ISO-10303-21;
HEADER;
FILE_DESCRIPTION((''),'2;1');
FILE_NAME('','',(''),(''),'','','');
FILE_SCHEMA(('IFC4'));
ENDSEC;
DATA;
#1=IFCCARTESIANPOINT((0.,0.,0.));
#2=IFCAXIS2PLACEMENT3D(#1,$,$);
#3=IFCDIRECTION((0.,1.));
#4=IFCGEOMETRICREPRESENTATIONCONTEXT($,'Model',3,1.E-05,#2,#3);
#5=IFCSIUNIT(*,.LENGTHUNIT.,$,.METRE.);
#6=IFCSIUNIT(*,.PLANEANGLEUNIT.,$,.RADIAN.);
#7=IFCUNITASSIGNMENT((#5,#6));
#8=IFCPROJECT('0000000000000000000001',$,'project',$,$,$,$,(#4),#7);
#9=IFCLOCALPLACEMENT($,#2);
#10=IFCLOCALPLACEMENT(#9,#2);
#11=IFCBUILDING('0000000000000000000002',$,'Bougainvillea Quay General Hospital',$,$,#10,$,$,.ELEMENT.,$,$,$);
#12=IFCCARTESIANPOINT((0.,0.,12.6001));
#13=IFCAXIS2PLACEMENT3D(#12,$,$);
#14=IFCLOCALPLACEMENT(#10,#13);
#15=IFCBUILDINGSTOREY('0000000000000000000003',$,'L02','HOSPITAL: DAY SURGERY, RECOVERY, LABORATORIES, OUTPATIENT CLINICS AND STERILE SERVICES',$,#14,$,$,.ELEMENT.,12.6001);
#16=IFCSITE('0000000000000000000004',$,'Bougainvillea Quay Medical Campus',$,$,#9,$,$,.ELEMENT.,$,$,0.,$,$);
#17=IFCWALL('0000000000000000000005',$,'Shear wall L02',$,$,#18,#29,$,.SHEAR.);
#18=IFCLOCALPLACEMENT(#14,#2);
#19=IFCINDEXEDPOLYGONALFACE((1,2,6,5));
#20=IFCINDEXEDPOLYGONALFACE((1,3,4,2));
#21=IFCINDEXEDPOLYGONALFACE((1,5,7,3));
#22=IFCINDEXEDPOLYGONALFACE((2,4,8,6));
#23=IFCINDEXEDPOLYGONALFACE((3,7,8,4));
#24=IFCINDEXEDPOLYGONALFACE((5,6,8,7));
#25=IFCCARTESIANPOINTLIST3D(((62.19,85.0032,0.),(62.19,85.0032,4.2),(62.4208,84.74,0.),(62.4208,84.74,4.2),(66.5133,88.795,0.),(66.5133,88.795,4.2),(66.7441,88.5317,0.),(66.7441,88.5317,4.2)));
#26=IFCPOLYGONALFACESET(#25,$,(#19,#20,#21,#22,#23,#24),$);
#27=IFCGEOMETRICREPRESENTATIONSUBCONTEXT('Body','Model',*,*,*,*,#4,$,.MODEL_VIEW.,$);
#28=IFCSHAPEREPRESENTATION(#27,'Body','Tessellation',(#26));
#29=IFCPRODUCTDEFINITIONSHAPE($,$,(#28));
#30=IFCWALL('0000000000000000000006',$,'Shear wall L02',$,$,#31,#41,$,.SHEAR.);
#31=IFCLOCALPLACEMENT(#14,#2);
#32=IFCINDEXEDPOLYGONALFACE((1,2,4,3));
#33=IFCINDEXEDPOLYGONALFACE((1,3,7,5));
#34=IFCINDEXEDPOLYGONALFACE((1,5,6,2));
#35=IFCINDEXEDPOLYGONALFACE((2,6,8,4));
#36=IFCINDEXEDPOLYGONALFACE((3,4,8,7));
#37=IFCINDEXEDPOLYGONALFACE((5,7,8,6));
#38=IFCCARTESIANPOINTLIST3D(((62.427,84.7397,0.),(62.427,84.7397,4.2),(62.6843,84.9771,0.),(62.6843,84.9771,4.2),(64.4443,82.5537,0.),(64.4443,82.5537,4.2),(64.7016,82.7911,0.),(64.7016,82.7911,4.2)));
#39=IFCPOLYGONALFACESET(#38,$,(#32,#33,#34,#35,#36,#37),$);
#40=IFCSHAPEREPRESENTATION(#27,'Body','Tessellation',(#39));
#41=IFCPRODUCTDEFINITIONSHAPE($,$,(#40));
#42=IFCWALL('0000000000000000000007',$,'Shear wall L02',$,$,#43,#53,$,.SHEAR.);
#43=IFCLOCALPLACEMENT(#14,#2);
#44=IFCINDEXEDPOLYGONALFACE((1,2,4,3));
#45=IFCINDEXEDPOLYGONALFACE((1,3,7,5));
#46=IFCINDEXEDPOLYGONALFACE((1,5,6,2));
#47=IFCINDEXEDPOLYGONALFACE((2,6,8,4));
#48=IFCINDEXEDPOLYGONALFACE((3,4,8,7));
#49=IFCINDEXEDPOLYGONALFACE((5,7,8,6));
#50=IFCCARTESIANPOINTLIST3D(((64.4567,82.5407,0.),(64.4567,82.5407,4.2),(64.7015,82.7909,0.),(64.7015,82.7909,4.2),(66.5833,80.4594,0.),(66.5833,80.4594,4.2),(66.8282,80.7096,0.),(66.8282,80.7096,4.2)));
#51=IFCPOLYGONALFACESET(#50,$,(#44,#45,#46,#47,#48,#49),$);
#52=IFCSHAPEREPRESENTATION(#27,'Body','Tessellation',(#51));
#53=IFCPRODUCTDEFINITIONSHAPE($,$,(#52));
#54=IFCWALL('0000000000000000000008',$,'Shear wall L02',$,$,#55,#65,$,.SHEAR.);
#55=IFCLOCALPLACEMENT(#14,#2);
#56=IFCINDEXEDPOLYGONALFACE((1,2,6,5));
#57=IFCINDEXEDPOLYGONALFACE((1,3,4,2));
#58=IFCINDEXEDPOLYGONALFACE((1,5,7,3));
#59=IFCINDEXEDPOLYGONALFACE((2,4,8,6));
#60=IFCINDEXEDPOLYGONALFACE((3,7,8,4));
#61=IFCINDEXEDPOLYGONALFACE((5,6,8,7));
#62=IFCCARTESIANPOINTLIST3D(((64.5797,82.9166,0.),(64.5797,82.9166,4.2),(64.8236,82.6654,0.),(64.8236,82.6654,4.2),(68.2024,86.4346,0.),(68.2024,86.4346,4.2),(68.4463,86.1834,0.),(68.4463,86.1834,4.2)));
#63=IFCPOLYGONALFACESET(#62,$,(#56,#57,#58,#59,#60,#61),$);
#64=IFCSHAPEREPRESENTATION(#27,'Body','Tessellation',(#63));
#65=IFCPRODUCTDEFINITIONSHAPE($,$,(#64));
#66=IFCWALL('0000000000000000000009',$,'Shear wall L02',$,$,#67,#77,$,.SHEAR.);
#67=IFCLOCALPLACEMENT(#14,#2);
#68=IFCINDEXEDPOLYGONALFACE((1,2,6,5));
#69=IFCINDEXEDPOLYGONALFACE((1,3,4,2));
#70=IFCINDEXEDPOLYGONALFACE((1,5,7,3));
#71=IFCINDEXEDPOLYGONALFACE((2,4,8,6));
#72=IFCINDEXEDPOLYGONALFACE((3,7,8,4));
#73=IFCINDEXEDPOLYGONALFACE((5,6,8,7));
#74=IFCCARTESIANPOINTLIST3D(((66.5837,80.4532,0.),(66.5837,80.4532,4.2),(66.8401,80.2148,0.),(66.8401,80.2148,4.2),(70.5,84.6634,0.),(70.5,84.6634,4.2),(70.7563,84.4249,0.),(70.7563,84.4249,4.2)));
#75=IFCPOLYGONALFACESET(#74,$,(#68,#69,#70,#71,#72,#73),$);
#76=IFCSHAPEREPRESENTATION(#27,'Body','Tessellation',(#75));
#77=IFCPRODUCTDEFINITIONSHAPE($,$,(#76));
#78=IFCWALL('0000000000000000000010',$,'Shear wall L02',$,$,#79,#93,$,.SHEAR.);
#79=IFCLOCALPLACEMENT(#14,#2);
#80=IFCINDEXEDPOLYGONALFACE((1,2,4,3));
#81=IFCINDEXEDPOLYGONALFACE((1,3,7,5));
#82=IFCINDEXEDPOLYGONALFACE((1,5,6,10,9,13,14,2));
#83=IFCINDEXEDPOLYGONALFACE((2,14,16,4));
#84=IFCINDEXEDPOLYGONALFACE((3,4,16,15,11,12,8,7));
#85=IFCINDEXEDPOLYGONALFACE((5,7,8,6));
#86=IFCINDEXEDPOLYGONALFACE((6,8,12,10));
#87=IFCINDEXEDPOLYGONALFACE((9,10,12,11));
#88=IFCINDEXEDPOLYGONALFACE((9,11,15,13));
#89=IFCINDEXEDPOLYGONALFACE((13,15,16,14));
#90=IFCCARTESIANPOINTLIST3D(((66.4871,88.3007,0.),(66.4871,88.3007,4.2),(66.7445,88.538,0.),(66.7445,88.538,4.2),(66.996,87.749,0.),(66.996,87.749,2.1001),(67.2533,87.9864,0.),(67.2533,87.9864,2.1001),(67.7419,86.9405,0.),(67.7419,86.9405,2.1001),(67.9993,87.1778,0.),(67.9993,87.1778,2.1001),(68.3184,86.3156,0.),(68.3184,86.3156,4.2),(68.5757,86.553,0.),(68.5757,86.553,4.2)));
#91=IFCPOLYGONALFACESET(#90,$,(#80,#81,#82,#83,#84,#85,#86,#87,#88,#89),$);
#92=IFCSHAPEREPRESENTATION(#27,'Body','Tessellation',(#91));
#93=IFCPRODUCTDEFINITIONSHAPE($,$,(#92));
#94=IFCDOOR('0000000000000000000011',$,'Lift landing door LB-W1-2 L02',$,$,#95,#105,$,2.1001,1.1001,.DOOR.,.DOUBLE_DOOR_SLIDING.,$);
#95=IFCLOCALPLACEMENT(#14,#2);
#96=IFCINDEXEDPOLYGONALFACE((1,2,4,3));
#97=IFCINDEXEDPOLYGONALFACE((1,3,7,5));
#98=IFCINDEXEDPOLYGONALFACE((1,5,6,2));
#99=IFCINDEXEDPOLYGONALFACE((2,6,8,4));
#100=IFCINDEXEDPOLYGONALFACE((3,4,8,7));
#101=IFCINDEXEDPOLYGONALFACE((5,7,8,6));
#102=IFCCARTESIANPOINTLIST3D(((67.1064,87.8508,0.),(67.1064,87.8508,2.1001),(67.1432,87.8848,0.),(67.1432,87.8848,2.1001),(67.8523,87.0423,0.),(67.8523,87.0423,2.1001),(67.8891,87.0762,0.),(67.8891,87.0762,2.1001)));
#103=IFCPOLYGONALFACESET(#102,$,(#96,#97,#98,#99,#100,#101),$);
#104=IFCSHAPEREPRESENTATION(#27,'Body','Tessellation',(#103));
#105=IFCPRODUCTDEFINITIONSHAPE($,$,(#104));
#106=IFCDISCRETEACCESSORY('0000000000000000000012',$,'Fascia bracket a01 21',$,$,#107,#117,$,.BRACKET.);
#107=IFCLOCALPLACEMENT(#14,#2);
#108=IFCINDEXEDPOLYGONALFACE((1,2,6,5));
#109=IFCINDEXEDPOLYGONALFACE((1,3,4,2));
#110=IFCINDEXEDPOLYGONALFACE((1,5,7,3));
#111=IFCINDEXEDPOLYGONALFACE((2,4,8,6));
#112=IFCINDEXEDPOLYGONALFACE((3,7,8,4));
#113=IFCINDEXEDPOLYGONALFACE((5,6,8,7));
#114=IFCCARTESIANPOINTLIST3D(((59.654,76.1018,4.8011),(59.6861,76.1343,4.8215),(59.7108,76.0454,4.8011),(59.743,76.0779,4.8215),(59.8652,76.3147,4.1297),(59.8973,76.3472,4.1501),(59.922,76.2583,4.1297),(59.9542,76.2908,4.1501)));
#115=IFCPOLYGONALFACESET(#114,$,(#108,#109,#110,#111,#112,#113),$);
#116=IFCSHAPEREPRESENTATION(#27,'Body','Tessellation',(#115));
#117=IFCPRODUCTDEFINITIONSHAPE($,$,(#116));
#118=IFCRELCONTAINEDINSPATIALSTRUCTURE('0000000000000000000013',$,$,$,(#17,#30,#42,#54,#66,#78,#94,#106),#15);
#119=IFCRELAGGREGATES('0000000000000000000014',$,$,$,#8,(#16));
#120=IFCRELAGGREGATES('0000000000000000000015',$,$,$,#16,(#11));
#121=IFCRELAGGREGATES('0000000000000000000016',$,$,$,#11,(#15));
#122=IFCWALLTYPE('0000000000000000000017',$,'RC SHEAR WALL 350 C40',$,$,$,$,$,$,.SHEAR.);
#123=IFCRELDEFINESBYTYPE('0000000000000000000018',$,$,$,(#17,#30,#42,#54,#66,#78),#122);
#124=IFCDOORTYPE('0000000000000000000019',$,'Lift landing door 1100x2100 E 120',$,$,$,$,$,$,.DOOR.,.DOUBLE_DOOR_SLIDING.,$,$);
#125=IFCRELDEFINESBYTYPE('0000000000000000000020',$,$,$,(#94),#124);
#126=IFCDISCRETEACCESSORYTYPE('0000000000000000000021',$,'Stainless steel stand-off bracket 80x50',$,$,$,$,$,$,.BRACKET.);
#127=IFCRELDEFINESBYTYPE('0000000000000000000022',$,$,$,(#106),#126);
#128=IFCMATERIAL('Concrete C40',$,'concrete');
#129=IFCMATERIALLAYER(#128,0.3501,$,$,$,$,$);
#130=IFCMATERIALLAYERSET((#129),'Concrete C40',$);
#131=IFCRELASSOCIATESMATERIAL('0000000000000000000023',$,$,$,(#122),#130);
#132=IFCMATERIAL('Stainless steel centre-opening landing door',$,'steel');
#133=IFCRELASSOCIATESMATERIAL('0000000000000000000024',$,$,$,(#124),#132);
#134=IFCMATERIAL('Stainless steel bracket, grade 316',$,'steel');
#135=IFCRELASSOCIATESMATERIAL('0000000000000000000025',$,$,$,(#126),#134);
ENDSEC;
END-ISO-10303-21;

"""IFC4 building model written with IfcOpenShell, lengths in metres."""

from ifc_helpers import new_model, si_unit, direction, frame, frame_2d, origin, origin_2d, place, context, subcontext, project, spatial, rectangle, extrude, material, layer, layer_set, material_profile, profile_set, type_object, element, fill, save


model = new_model("IFC4")

# Units and contexts
model_context = context("Model", 3, precision=1e-05, world=origin(), true_north=direction((0.0, 1.0)))
body_context = subcontext(model_context, "Body", "Model", "MODEL_VIEW")
ifc_project = project(units=[si_unit("LENGTHUNIT", "METRE"), si_unit("PLANEANGLEUNIT", "RADIAN")], contexts=[model_context])

# Site, building, storey
site_placement = place(None, origin())
site = spatial("IfcSite", under=ifc_project, at=site_placement, Name="Bougainvillea Quay Medical Campus", CompositionType="ELEMENT", RefElevation=0.0)
building_placement = place(site_placement, origin())
building = spatial("IfcBuilding", under=site, at=building_placement, Name="Bougainvillea Quay General Hospital", CompositionType="ELEMENT")
storey_placement = place(building_placement, frame((0.0, 0.0, 12.6001)))
storey = spatial("IfcBuildingStorey", under=building, at=storey_placement, Name="L02", Description="HOSPITAL: DAY SURGERY, RECOVERY, LABORATORIES, OUTPATIENT CLINICS AND STERILE SERVICES", CompositionType="ELEMENT", Elevation=12.6001)

# Shared definitions
ifc_material_1 = material(Name="Concrete C40", Category="concrete")

# Walls
ifc_layer_1 = layer(ifc_material_1, 0.3501)
ifc_layer_set_1 = layer_set([ifc_layer_1], Name="Concrete C40")
wall_type_1 = type_object("IfcWallType", Name="RC SHEAR WALL 350 C40", PredefinedType="SHEAR", material=ifc_layer_set_1)
wall_1_placement = place(storey_placement, frame((62.3054, 84.8716, 0.0), z_axis=(0.0, 0.0, 1.0), x_axis=(0.751808, 0.659382, 0.0)))
element("IfcWall", 1, at=wall_1_placement, inside=storey, type_object=wall_type_1, Name="Shear wall L02", PredefinedType="SHEAR", context=body_context, shape_type="SweptSolid", body=[
    extrude(rectangle(XDim=5.7505, YDim=0.3501, at=frame_2d((2.8752, 0.0))), origin(), (0.0, 0.0, 1.0), 4.2),
])
wall_2_placement = place(storey_placement, frame((62.5557, 84.8584, 0.0), z_axis=(0.0, 0.0, 1.0), x_axis=(0.678181, -0.734895, 0.0)))
element("IfcWall", 2, at=wall_2_placement, inside=storey, type_object=wall_type_1, Name="Shear wall L02", PredefinedType="SHEAR", context=body_context, shape_type="SweptSolid", body=[
    extrude(rectangle(XDim=2.9746, YDim=0.3501, at=frame_2d((1.4873, 0.0))), origin(), (0.0, 0.0, 1.0), 4.2),
])
wall_3_placement = place(storey_placement, frame((64.5791, 82.6658, 0.0), z_axis=(0.0, 0.0, 1.0), x_axis=(0.714696, -0.699435, 0.0)))
element("IfcWall", 3, at=wall_3_placement, inside=storey, type_object=wall_type_1, Name="Shear wall L02", PredefinedType="SHEAR", context=body_context, shape_type="SweptSolid", body=[
    extrude(rectangle(XDim=2.9756, YDim=0.3501, at=frame_2d((1.4878, 0.0))), origin(), (0.0, 0.0, 1.0), 4.2),
])
wall_4_placement = place(storey_placement, frame((64.7017, 82.791, 0.0), z_axis=(0.0, 0.0, 1.0), x_axis=(0.717401, 0.696661, 0.0)))
element("IfcWall", 4, at=wall_4_placement, inside=storey, type_object=wall_type_1, Name="Shear wall L02", PredefinedType="SHEAR", context=body_context, shape_type="SweptSolid", body=[
    extrude(rectangle(XDim=5.0498, YDim=0.3501, at=frame_2d((2.5249, 0.0))), origin(), (0.0, 0.0, 1.0), 4.2),
])
wall_5_placement = place(storey_placement, frame((66.7119, 80.334, 0.0), z_axis=(0.0, 0.0, 1.0), x_axis=(0.681084, 0.732205, 0.0)))
element("IfcWall", 5, at=wall_5_placement, inside=storey, type_object=wall_type_1, Name="Shear wall L02", PredefinedType="SHEAR", context=body_context, shape_type="SweptSolid", body=[
    extrude(rectangle(XDim=5.75, YDim=0.3501, at=frame_2d((2.875, 0.0))), origin(), (0.0, 0.0, 1.0), 4.2),
])

# Wall, opening, door
wall_6_placement = place(storey_placement, frame((68.447, 86.4343, 0.0), z_axis=(0.0, 0.0, 1.0), x_axis=(-0.678059, 0.735008, 0.0)))
wall_6 = element("IfcWall", 6, at=wall_6_placement, inside=storey, type_object=wall_type_1, Name="Shear wall L02", PredefinedType="SHEAR", context=body_context, shape_type="SweptSolid", body=[
    extrude(rectangle(XDim=2.7007, YDim=0.3501, at=frame_2d((1.3503, 0.0))), origin(), (0.0, 0.0, 1.0), 4.2),
])
opening_1_placement = place(wall_6_placement, frame((0.8501, 0.0, 0.0)))
opening_1 = element("IfcOpeningElement", 7, at=opening_1_placement, cuts=wall_6, PredefinedType="OPENING", context=body_context, shape_type="SweptSolid", body=[
    extrude(rectangle(XDim=1.1001, YDim=2.1001, at=frame_2d((0.55, 1.05))), frame((0.0, 0.1851, 0.0), z_axis=(0.0, -1.0, 0.0), x_axis=(1.0, 0.0, 0.0)), (0.0, 0.0, 1.0), 0.3701),
])
ifc_material_2 = material(Name="Stainless steel centre-opening landing door", Category="steel")
door_type_1 = type_object("IfcDoorType", Name="Lift landing door 1100x2100 E 120", OperationType="DOUBLE_DOOR_SLIDING", PredefinedType="DOOR", material=ifc_material_2)
door_1_placement = place(opening_1_placement, origin())
door_1 = element("IfcDoor", 8, at=door_1_placement, inside=storey, type_object=door_type_1, Name="Lift landing door LB-W1-2 L02", OperationType="DOUBLE_DOOR_SLIDING", OverallHeight=2.1001, OverallWidth=1.1001, PredefinedType="DOOR", context=body_context, shape_type="SweptSolid", body=[
    extrude(rectangle(XDim=1.1001, YDim=2.1001, at=frame_2d((0.55, 1.05))), frame((0.0, 0.0249, 0.0), z_axis=(0.0, -1.0, 0.0), x_axis=(1.0, 0.0, 0.0)), (0.0, 0.0, 1.0), 0.05),
])
fill(opening_1, door_1)

# Discrete accessory
ifc_material_3 = material(Name="Stainless steel bracket, grade 316", Category="steel")
ifc_material_profile_1 = material_profile(ifc_material_3, rectangle(XDim=0.0801, YDim=0.05, at=origin_2d()))
ifc_profile_set_1 = profile_set([ifc_material_profile_1], Name="Stainless steel bracket, grade 316")
discrete_accessory_type = type_object("IfcDiscreteAccessoryType", Name="Stainless steel stand-off bracket 80x50", PredefinedType="BRACKET", material=ifc_profile_set_1)
discrete_accessory_placement = place(storey_placement, frame((59.9097, 76.3027, 4.1399), z_axis=(-0.287201, -0.289525, 0.913067), x_axis=(0.709951, -0.704251, 0.0)))
element("IfcDiscreteAccessory", 9, at=discrete_accessory_placement, inside=storey, type_object=discrete_accessory_type, Name="Fascia bracket a01 21", PredefinedType="BRACKET", context=body_context, shape_type="SweptSolid", body=[
    extrude(rectangle(XDim=0.0801, YDim=0.05, at=origin_2d()), origin(), (0.0, 0.0, 1.0), 0.7354),
])

save(model, "model.ifc")
